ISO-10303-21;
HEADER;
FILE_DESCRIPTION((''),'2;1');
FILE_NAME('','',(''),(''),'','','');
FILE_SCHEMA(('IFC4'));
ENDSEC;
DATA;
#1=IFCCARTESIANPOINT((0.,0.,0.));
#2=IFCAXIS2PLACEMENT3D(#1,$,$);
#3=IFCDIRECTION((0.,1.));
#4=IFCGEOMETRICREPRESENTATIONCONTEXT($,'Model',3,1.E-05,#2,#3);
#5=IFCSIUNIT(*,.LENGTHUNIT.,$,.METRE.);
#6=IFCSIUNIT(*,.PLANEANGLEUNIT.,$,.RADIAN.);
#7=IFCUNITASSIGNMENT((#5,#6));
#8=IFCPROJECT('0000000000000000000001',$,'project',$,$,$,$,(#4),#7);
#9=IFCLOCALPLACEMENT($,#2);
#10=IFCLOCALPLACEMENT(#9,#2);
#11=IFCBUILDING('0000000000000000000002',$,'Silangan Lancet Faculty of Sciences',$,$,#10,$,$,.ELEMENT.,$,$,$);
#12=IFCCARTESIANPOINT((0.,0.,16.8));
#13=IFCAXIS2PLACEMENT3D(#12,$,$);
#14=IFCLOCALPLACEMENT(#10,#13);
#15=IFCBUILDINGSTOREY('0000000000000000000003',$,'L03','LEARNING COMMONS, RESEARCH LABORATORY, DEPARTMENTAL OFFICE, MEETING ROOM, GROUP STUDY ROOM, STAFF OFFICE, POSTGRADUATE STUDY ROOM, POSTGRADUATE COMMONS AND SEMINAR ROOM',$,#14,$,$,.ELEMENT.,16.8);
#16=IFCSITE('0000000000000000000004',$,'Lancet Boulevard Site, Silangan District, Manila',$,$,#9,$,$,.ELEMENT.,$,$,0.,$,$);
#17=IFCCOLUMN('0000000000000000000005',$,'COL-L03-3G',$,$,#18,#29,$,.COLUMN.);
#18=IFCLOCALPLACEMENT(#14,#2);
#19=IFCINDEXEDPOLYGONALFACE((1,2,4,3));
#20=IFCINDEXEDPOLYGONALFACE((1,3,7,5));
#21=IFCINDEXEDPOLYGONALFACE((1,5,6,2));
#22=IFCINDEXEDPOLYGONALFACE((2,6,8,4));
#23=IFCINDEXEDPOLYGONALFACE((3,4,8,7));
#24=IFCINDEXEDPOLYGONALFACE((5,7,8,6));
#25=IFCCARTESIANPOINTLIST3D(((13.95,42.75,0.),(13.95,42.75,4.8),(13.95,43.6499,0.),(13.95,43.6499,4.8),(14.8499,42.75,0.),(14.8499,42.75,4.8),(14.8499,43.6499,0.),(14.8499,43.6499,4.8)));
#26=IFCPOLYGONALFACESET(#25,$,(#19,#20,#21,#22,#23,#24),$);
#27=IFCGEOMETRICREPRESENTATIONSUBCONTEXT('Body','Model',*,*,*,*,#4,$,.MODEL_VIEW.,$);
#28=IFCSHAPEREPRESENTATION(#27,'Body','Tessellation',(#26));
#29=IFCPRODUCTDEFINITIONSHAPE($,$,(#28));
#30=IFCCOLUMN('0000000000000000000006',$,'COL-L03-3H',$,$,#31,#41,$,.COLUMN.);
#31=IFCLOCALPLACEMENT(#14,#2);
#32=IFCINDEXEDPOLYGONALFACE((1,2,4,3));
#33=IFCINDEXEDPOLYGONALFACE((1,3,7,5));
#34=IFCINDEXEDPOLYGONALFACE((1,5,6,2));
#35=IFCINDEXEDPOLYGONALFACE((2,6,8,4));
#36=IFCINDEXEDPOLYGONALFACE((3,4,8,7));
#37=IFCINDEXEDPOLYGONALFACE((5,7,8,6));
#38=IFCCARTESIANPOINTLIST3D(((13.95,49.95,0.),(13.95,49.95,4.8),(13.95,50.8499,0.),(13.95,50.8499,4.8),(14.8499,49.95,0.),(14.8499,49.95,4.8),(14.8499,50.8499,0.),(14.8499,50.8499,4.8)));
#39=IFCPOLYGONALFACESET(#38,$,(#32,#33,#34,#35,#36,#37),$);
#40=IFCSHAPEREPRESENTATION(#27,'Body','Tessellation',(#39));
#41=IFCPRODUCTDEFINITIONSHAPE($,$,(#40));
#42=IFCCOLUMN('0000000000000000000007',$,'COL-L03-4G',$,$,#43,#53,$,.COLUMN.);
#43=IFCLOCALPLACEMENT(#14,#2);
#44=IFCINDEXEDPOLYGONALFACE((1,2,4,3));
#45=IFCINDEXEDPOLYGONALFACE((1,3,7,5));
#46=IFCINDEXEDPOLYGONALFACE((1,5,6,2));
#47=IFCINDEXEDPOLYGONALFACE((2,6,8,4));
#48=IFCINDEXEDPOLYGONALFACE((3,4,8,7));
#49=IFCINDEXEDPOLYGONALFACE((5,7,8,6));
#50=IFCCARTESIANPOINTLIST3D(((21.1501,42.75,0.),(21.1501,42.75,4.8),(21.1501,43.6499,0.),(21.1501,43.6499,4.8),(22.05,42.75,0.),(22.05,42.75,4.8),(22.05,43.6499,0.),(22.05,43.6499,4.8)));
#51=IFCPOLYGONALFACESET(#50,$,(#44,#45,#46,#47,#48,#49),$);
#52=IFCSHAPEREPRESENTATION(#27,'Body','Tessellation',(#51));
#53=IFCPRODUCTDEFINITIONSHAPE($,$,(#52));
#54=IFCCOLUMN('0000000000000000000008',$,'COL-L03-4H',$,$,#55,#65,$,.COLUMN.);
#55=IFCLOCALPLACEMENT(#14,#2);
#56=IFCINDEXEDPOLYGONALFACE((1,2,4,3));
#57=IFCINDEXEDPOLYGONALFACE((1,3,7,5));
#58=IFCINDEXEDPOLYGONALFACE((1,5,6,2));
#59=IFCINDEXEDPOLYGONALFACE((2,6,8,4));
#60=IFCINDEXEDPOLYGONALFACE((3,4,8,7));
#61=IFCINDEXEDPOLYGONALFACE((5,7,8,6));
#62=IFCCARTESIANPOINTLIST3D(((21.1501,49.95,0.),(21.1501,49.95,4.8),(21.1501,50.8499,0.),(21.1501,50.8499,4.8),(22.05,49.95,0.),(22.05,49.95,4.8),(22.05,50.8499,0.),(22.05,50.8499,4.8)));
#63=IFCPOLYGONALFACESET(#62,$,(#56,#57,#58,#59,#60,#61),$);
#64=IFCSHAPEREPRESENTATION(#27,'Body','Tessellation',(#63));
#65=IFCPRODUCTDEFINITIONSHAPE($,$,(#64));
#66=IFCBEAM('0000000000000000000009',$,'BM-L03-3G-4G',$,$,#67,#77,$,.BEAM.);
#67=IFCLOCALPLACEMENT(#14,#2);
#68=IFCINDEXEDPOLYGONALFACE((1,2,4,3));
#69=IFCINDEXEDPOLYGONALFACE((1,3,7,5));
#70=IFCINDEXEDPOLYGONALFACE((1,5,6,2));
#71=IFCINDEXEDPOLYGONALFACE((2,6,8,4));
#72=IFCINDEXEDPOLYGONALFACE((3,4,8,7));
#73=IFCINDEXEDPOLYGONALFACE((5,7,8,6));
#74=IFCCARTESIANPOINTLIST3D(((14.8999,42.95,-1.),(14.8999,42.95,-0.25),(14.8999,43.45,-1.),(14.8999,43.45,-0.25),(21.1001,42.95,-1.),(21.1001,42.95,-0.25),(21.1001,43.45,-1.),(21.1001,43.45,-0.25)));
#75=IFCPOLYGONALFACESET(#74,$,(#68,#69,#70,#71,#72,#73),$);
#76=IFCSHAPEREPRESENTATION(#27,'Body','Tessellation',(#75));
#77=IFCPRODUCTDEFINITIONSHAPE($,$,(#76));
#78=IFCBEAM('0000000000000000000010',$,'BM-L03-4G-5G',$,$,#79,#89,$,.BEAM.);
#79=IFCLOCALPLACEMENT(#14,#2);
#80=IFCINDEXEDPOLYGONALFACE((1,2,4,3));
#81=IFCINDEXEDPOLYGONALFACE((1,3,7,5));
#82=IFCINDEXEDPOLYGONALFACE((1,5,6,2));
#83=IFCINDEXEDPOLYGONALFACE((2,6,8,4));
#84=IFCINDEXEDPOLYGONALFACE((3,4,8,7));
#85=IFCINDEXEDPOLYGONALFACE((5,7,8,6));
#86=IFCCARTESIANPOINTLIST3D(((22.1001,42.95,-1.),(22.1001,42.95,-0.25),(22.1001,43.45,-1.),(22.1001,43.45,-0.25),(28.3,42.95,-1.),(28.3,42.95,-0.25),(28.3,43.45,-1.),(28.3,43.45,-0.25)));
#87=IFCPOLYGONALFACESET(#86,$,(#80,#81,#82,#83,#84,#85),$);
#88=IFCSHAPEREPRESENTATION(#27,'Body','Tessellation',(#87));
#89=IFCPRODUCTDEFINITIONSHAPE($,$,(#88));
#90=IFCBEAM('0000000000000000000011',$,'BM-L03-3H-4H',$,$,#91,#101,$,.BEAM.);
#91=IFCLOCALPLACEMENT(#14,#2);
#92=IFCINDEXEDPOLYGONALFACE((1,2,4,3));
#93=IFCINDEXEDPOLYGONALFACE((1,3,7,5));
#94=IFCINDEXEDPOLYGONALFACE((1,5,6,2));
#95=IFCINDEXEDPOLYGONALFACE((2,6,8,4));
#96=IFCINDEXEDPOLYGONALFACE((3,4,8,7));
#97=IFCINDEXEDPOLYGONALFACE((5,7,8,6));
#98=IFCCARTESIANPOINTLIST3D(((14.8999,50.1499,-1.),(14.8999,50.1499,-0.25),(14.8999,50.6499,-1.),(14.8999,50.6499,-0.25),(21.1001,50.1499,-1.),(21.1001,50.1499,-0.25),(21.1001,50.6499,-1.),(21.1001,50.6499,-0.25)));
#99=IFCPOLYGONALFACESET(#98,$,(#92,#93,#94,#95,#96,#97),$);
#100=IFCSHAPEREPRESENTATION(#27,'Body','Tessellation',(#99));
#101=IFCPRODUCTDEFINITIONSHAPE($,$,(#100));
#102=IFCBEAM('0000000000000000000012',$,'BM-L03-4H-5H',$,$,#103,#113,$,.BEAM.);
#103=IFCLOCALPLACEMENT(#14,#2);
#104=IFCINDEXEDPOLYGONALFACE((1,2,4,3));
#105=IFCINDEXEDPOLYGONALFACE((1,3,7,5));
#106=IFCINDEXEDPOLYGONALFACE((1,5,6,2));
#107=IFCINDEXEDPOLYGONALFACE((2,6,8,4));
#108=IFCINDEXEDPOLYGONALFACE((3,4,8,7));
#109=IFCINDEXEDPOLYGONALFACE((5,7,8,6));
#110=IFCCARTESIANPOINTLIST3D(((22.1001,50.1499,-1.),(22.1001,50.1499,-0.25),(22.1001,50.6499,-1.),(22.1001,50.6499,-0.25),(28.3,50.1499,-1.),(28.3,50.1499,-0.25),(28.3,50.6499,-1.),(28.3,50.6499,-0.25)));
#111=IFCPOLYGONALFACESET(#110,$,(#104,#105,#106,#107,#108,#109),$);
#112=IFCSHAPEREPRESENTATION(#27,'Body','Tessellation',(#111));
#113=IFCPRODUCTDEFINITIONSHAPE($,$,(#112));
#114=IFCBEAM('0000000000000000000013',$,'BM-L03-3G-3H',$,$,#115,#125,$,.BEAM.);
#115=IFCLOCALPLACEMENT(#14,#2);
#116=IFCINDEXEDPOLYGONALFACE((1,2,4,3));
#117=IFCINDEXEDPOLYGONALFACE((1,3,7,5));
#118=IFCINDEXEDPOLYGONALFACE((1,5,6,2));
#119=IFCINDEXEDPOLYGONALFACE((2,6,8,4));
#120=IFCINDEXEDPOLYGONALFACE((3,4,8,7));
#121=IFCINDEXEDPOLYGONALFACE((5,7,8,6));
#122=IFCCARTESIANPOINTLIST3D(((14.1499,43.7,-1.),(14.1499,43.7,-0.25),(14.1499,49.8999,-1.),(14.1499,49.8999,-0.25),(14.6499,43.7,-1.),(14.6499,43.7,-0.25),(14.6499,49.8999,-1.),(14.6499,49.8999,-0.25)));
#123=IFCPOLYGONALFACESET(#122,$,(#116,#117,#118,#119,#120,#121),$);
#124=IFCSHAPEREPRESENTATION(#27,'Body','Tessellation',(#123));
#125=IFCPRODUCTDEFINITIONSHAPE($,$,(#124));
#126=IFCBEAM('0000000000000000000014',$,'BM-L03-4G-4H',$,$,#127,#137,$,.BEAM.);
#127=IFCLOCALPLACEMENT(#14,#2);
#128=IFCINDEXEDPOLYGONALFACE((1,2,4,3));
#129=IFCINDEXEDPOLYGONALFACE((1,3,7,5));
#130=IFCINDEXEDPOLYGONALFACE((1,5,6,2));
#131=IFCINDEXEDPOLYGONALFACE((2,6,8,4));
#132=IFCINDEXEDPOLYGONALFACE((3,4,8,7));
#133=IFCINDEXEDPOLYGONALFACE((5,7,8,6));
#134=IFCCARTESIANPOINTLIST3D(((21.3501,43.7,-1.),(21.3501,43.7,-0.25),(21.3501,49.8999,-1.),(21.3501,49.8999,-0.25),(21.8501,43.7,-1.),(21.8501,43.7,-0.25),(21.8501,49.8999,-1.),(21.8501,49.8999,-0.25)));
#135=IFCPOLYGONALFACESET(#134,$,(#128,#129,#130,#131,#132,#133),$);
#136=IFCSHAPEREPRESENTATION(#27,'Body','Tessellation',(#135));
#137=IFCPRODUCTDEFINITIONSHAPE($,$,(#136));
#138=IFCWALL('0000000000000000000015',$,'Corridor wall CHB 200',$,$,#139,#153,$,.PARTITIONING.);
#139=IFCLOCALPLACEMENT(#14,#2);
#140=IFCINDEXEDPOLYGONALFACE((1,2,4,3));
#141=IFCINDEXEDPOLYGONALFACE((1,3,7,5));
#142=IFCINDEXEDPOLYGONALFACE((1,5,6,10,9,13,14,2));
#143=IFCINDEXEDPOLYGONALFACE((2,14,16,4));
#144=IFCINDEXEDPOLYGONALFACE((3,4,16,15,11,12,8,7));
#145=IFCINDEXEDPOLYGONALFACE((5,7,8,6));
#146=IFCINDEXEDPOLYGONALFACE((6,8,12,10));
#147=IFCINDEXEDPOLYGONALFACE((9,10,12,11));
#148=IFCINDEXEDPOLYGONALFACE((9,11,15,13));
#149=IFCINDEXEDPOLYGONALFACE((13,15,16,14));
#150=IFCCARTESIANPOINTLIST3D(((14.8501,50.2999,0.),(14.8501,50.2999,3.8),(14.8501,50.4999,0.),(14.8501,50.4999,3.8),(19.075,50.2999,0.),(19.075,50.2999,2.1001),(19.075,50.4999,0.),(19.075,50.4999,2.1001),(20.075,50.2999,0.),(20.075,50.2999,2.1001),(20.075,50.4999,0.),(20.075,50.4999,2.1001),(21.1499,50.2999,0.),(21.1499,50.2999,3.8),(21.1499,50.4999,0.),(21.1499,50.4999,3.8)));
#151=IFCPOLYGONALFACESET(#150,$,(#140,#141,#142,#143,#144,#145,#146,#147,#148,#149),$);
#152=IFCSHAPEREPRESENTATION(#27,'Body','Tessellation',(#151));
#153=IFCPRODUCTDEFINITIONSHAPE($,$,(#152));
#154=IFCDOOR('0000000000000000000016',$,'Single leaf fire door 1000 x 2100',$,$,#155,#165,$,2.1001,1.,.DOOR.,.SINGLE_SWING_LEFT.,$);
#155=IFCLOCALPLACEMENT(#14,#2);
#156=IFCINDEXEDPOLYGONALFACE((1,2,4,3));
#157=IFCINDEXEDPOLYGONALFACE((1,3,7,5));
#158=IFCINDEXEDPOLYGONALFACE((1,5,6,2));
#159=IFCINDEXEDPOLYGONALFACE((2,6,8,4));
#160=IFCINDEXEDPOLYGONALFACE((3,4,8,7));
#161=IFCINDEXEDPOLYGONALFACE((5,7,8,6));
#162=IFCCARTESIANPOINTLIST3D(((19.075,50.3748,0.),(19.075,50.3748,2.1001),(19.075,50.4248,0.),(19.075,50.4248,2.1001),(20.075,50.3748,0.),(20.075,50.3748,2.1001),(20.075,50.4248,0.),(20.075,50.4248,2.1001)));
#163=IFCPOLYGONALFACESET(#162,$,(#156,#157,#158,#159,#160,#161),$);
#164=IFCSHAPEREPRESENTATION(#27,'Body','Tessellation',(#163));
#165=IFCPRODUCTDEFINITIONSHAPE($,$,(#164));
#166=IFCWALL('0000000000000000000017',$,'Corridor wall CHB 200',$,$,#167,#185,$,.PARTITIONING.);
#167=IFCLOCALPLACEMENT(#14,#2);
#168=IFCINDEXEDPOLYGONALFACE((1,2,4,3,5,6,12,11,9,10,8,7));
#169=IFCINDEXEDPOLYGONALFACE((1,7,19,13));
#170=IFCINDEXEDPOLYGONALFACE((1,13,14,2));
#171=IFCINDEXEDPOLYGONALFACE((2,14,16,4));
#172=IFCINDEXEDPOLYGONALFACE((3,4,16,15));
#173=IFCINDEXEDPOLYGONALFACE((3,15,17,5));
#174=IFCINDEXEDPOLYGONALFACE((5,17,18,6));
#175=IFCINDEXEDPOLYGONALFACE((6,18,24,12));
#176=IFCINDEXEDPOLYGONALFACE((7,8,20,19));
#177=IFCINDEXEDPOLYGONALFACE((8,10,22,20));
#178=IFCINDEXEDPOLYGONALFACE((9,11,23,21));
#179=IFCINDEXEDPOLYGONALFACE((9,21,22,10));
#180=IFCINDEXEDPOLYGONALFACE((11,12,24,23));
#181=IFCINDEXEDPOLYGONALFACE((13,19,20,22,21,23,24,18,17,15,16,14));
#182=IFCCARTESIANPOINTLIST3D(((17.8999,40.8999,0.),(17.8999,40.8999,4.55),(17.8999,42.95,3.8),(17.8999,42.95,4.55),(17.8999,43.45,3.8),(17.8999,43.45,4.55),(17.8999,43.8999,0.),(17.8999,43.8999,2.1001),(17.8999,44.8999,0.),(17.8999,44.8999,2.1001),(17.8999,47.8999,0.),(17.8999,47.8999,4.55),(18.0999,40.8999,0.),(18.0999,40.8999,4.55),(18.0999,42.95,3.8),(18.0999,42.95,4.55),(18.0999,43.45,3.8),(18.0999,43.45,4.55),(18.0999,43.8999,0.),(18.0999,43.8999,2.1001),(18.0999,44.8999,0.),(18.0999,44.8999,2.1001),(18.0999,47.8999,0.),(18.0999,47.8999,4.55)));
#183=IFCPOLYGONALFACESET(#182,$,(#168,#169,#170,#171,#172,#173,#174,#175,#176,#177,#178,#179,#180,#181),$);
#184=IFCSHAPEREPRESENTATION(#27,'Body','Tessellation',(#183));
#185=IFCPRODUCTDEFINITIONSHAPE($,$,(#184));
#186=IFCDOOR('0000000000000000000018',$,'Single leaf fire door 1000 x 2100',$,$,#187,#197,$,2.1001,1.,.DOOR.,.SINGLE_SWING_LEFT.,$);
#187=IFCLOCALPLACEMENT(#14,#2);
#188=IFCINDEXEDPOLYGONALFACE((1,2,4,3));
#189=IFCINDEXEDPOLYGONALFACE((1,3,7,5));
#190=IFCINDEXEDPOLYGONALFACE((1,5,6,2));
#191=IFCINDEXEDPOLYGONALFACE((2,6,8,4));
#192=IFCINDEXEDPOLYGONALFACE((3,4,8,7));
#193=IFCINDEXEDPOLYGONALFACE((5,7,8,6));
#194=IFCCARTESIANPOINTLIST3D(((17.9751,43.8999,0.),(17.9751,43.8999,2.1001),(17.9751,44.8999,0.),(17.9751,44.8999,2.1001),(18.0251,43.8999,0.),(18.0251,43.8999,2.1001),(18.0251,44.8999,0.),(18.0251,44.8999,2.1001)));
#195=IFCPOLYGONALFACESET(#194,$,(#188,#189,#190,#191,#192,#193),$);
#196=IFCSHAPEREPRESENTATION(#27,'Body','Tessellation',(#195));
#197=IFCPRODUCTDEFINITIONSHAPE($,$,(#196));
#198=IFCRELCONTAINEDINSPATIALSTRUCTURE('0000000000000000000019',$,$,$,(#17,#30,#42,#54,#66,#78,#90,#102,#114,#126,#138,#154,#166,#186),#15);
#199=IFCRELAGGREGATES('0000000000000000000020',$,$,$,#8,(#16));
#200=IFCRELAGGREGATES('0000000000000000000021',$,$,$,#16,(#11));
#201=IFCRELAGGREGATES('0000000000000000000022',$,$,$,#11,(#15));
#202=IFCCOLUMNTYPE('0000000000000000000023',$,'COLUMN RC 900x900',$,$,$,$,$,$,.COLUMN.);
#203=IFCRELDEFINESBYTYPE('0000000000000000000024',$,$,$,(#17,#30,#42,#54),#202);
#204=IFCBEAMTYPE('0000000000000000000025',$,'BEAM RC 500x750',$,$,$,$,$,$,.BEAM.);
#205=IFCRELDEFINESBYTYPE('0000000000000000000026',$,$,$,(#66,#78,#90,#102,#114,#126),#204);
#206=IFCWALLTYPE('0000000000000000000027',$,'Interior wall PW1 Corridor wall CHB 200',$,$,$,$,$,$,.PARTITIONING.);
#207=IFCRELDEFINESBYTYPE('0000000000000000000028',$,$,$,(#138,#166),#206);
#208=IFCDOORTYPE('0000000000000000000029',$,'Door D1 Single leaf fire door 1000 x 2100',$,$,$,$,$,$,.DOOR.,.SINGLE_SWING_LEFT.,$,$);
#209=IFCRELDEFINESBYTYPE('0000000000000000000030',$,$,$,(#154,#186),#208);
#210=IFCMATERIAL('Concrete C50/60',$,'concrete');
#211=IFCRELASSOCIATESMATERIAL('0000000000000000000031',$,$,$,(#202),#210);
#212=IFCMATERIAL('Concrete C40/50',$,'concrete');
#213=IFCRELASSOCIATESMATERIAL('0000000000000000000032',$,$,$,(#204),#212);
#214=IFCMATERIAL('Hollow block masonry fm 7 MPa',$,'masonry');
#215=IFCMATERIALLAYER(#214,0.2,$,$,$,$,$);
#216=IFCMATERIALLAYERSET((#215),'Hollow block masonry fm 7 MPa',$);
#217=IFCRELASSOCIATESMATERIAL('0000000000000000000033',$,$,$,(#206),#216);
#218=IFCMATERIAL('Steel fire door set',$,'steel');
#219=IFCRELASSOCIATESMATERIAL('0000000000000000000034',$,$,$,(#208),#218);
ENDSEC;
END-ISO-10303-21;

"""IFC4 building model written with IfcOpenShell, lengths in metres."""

from ifc_helpers import new_model, si_unit, direction, frame, frame_2d, origin, origin_2d, place, context, subcontext, project, spatial, polyline, rectangle, outline, extrude, material, layer, layer_set, material_profile, profile_set, type_object, element, fill, save


model = new_model("IFC4")

# Units and contexts
model_context = context("Model", 3, precision=1e-05, world=origin(), true_north=direction((0.0, 1.0)))
body_context = subcontext(model_context, "Body", "Model", "MODEL_VIEW")
ifc_project = project(units=[si_unit("LENGTHUNIT", "METRE"), si_unit("PLANEANGLEUNIT", "RADIAN")], contexts=[model_context])

# Site, building, storey
site_placement = place(None, origin())
site = spatial("IfcSite", under=ifc_project, at=site_placement, Name="Lancet Boulevard Site, Silangan District, Manila", CompositionType="ELEMENT", RefElevation=0.0)
building_placement = place(site_placement, origin())
building = spatial("IfcBuilding", under=site, at=building_placement, Name="Silangan Lancet Faculty of Sciences", CompositionType="ELEMENT")
storey_placement = place(building_placement, frame((0.0, 0.0, 16.8)))
storey = spatial("IfcBuildingStorey", under=building, at=storey_placement, Name="L03", Description="LEARNING COMMONS, RESEARCH LABORATORY, DEPARTMENTAL OFFICE, MEETING ROOM, GROUP STUDY ROOM, STAFF OFFICE, POSTGRADUATE STUDY ROOM, POSTGRADUATE COMMONS AND SEMINAR ROOM", CompositionType="ELEMENT", Elevation=16.8)

# Columns
ifc_material_1 = material(Name="Concrete C50/60", Category="concrete")
ifc_material_profile_1 = material_profile(ifc_material_1, rectangle(XDim=0.8999, YDim=0.8999, at=origin_2d()), Name="RC 900x900")
ifc_profile_set_1 = profile_set([ifc_material_profile_1], Name="Concrete C50/60")
column_type = type_object("IfcColumnType", Name="COLUMN RC 900x900", PredefinedType="COLUMN", material=ifc_profile_set_1)
for number, where, z_axis, x_axis, name in (
    (1, (14.3999, 43.2, 0.0), (0.0, 0.0, 1.0), (1.0, 0.0, 0.0), "COL-L03-3G"),
    (2, (14.3999, 50.3999, 0.0), (0.0, 0.0, 1.0), (1.0, 0.0, 0.0), "COL-L03-3H"),
    (3, (21.6001, 43.2, 0.0), (0.0, 0.0, 1.0), (1.0, 0.0, 0.0), "COL-L03-4G"),
    (4, (21.6001, 50.3999, 0.0), (0.0, 0.0, 1.0), (1.0, 0.0, 0.0), "COL-L03-4H"),
):
    element("IfcColumn", number, at=place(storey_placement, frame(where, z_axis=z_axis, x_axis=x_axis)), inside=storey, type_object=column_type, Name=name, PredefinedType="COLUMN", context=body_context, shape_type="SweptSolid", body=[
        extrude(rectangle(XDim=0.8999, YDim=0.8999, at=origin_2d()), origin(), (0.0, 0.0, 1.0), 4.8),
    ])

# Beams
ifc_material_2 = material(Name="Concrete C40/50", Category="concrete")
ifc_material_profile_2 = material_profile(ifc_material_2, rectangle(XDim=0.5, YDim=0.75, at=origin_2d()), Name="RC 500x750")
ifc_profile_set_2 = profile_set([ifc_material_profile_2], Name="Concrete C40/50")
beam_type = type_object("IfcBeamType", Name="BEAM RC 500x750", PredefinedType="BEAM", material=ifc_profile_set_2)
beam_1_placement = place(storey_placement, frame((14.8999, 43.2, -0.625), z_axis=(1.0, 0.0, 0.0), x_axis=(0.0, 1.0, 0.0)))
element("IfcBeam", 5, at=beam_1_placement, inside=storey, type_object=beam_type, Name="BM-L03-3G-4G", PredefinedType="BEAM", context=body_context, shape_type="SweptSolid", body=[
    extrude(rectangle(XDim=0.5, YDim=0.75, at=origin_2d()), origin(), (0.0, 0.0, 1.0), 6.2002),
])
beam_2_placement = place(storey_placement, frame((22.1001, 43.2, -0.625), z_axis=(1.0, 0.0, 0.0), x_axis=(0.0, 1.0, 0.0)))
element("IfcBeam", 6, at=beam_2_placement, inside=storey, type_object=beam_type, Name="BM-L03-4G-5G", PredefinedType="BEAM", context=body_context, shape_type="SweptSolid", body=[
    extrude(rectangle(XDim=0.5, YDim=0.75, at=origin_2d()), origin(), (0.0, 0.0, 1.0), 6.2),
])
beam_3_placement = place(storey_placement, frame((14.8999, 50.3999, -0.625), z_axis=(1.0, 0.0, 0.0), x_axis=(0.0, 1.0, 0.0)))
element("IfcBeam", 7, at=beam_3_placement, inside=storey, type_object=beam_type, Name="BM-L03-3H-4H", PredefinedType="BEAM", context=body_context, shape_type="SweptSolid", body=[
    extrude(rectangle(XDim=0.5, YDim=0.75, at=origin_2d()), origin(), (0.0, 0.0, 1.0), 6.2002),
])
for number, where, z_axis, x_axis, name in (
    (8, (22.1001, 50.3999, -0.625), (1.0, 0.0, 0.0), (0.0, 1.0, 0.0), "BM-L03-4H-5H"),
    (9, (14.3999, 43.7, -0.625), (0.0, 1.0, 0.0), (-1.0, 0.0, 0.0), "BM-L03-3G-3H"),
    (10, (21.6001, 43.7, -0.625), (0.0, 1.0, 0.0), (-1.0, 0.0, 0.0), "BM-L03-4G-4H"),
):
    element("IfcBeam", number, at=place(storey_placement, frame(where, z_axis=z_axis, x_axis=x_axis)), inside=storey, type_object=beam_type, Name=name, PredefinedType="BEAM", context=body_context, shape_type="SweptSolid", body=[
        extrude(rectangle(XDim=0.5, YDim=0.75, at=origin_2d()), origin(), (0.0, 0.0, 1.0), 6.2),
    ])

# Walls, openings, doors
ifc_material_3 = material(Name="Hollow block masonry fm 7 MPa", Category="masonry")
ifc_layer_1 = layer(ifc_material_3, 0.2)
ifc_layer_set_1 = layer_set([ifc_layer_1], Name="Hollow block masonry fm 7 MPa")
wall_type_1 = type_object("IfcWallType", Name="Interior wall PW1 Corridor wall CHB 200", PredefinedType="PARTITIONING", material=ifc_layer_set_1)
wall_1_placement = place(storey_placement, frame((14.8501, 50.3999, 0.0), z_axis=(0.0, 0.0, 1.0), x_axis=(1.0, 0.0, 0.0)))
wall_1 = element("IfcWall", 11, at=wall_1_placement, inside=storey, type_object=wall_type_1, Name="Corridor wall CHB 200", PredefinedType="PARTITIONING", context=body_context, shape_type="SweptSolid", body=[
    extrude(rectangle(XDim=6.2998, YDim=0.2, at=frame_2d((3.1499, 0.0))), origin(), (0.0, 0.0, 1.0), 3.8),
])
opening_1_placement = place(wall_1_placement, frame((4.2249, 0.0, 0.0)))
opening_1 = element("IfcOpeningElement", 12, at=opening_1_placement, cuts=wall_1, PredefinedType="OPENING", context=body_context, shape_type="SweptSolid", body=[
    extrude(rectangle(XDim=1.0, YDim=2.1001, at=frame_2d((0.5, 1.05))), frame((0.0, 0.1099, 0.0), z_axis=(0.0, -1.0, 0.0), x_axis=(1.0, 0.0, 0.0)), (0.0, 0.0, 1.0), 0.22),
])
ifc_material_4 = material(Name="Steel fire door set", Category="steel")
door_type_1 = type_object("IfcDoorType", Name="Door D1 Single leaf fire door 1000 x 2100", OperationType="SINGLE_SWING_LEFT", PredefinedType="DOOR", material=ifc_material_4)
door_1_placement = place(opening_1_placement, origin())
door_1 = element("IfcDoor", 13, at=door_1_placement, inside=storey, type_object=door_type_1, Name="Single leaf fire door 1000 x 2100", OperationType="SINGLE_SWING_LEFT", OverallHeight=2.1001, OverallWidth=1.0, PredefinedType="DOOR", context=body_context, shape_type="SweptSolid", body=[
    extrude(rectangle(XDim=1.0, YDim=2.1001, at=frame_2d((0.5, 1.05))), frame((0.0, 0.0249, 0.0), z_axis=(0.0, -1.0, 0.0), x_axis=(1.0, 0.0, 0.0)), (0.0, 0.0, 1.0), 0.05),
])
fill(opening_1, door_1)
wall_2_placement = place(storey_placement, frame((18.0, 40.8999, 0.0), z_axis=(0.0, 0.0, 1.0), x_axis=(0.0, 1.0, 0.0)))
wall_2 = element("IfcWall", 14, at=wall_2_placement, inside=storey, type_object=wall_type_1, Name="Corridor wall CHB 200", PredefinedType="PARTITIONING", context=body_context, shape_type="SweptSolid", body=[
    extrude(outline(polyline([(0.0, 0.0), (7.0, 0.0), (7.0, 4.55), (2.55, 4.55), (2.55, 3.8), (2.05, 3.8), (2.05, 4.55), (0.0, 4.55), (0.0, 0.0)])), frame((0.0, 0.1001, 0.0), z_axis=(0.0, -1.0, 0.0), x_axis=(1.0, 0.0, 0.0)), (0.0, 0.0, 1.0), 0.2),
])
opening_2_placement = place(wall_2_placement, frame((3.0, 0.0, 0.0)))
opening_2 = element("IfcOpeningElement", 15, at=opening_2_placement, cuts=wall_2, PredefinedType="OPENING", context=body_context, shape_type="SweptSolid", body=[
    extrude(rectangle(XDim=1.0, YDim=2.1001, at=frame_2d((0.5, 1.05))), frame((0.0, 0.1099, 0.0), z_axis=(0.0, -1.0, 0.0), x_axis=(1.0, 0.0, 0.0)), (0.0, 0.0, 1.0), 0.22),
])
door_2_placement = place(opening_2_placement, origin())
door_2 = element("IfcDoor", 16, at=door_2_placement, inside=storey, type_object=door_type_1, Name="Single leaf fire door 1000 x 2100", OperationType="SINGLE_SWING_LEFT", OverallHeight=2.1001, OverallWidth=1.0, PredefinedType="DOOR", context=body_context, shape_type="SweptSolid", body=[
    extrude(rectangle(XDim=1.0, YDim=2.1001, at=frame_2d((0.5, 1.05))), frame((0.0, 0.0249, 0.0), z_axis=(0.0, -1.0, 0.0), x_axis=(1.0, 0.0, 0.0)), (0.0, 0.0, 1.0), 0.05),
])
fill(opening_2, door_2)

save(model, "model.ifc")
